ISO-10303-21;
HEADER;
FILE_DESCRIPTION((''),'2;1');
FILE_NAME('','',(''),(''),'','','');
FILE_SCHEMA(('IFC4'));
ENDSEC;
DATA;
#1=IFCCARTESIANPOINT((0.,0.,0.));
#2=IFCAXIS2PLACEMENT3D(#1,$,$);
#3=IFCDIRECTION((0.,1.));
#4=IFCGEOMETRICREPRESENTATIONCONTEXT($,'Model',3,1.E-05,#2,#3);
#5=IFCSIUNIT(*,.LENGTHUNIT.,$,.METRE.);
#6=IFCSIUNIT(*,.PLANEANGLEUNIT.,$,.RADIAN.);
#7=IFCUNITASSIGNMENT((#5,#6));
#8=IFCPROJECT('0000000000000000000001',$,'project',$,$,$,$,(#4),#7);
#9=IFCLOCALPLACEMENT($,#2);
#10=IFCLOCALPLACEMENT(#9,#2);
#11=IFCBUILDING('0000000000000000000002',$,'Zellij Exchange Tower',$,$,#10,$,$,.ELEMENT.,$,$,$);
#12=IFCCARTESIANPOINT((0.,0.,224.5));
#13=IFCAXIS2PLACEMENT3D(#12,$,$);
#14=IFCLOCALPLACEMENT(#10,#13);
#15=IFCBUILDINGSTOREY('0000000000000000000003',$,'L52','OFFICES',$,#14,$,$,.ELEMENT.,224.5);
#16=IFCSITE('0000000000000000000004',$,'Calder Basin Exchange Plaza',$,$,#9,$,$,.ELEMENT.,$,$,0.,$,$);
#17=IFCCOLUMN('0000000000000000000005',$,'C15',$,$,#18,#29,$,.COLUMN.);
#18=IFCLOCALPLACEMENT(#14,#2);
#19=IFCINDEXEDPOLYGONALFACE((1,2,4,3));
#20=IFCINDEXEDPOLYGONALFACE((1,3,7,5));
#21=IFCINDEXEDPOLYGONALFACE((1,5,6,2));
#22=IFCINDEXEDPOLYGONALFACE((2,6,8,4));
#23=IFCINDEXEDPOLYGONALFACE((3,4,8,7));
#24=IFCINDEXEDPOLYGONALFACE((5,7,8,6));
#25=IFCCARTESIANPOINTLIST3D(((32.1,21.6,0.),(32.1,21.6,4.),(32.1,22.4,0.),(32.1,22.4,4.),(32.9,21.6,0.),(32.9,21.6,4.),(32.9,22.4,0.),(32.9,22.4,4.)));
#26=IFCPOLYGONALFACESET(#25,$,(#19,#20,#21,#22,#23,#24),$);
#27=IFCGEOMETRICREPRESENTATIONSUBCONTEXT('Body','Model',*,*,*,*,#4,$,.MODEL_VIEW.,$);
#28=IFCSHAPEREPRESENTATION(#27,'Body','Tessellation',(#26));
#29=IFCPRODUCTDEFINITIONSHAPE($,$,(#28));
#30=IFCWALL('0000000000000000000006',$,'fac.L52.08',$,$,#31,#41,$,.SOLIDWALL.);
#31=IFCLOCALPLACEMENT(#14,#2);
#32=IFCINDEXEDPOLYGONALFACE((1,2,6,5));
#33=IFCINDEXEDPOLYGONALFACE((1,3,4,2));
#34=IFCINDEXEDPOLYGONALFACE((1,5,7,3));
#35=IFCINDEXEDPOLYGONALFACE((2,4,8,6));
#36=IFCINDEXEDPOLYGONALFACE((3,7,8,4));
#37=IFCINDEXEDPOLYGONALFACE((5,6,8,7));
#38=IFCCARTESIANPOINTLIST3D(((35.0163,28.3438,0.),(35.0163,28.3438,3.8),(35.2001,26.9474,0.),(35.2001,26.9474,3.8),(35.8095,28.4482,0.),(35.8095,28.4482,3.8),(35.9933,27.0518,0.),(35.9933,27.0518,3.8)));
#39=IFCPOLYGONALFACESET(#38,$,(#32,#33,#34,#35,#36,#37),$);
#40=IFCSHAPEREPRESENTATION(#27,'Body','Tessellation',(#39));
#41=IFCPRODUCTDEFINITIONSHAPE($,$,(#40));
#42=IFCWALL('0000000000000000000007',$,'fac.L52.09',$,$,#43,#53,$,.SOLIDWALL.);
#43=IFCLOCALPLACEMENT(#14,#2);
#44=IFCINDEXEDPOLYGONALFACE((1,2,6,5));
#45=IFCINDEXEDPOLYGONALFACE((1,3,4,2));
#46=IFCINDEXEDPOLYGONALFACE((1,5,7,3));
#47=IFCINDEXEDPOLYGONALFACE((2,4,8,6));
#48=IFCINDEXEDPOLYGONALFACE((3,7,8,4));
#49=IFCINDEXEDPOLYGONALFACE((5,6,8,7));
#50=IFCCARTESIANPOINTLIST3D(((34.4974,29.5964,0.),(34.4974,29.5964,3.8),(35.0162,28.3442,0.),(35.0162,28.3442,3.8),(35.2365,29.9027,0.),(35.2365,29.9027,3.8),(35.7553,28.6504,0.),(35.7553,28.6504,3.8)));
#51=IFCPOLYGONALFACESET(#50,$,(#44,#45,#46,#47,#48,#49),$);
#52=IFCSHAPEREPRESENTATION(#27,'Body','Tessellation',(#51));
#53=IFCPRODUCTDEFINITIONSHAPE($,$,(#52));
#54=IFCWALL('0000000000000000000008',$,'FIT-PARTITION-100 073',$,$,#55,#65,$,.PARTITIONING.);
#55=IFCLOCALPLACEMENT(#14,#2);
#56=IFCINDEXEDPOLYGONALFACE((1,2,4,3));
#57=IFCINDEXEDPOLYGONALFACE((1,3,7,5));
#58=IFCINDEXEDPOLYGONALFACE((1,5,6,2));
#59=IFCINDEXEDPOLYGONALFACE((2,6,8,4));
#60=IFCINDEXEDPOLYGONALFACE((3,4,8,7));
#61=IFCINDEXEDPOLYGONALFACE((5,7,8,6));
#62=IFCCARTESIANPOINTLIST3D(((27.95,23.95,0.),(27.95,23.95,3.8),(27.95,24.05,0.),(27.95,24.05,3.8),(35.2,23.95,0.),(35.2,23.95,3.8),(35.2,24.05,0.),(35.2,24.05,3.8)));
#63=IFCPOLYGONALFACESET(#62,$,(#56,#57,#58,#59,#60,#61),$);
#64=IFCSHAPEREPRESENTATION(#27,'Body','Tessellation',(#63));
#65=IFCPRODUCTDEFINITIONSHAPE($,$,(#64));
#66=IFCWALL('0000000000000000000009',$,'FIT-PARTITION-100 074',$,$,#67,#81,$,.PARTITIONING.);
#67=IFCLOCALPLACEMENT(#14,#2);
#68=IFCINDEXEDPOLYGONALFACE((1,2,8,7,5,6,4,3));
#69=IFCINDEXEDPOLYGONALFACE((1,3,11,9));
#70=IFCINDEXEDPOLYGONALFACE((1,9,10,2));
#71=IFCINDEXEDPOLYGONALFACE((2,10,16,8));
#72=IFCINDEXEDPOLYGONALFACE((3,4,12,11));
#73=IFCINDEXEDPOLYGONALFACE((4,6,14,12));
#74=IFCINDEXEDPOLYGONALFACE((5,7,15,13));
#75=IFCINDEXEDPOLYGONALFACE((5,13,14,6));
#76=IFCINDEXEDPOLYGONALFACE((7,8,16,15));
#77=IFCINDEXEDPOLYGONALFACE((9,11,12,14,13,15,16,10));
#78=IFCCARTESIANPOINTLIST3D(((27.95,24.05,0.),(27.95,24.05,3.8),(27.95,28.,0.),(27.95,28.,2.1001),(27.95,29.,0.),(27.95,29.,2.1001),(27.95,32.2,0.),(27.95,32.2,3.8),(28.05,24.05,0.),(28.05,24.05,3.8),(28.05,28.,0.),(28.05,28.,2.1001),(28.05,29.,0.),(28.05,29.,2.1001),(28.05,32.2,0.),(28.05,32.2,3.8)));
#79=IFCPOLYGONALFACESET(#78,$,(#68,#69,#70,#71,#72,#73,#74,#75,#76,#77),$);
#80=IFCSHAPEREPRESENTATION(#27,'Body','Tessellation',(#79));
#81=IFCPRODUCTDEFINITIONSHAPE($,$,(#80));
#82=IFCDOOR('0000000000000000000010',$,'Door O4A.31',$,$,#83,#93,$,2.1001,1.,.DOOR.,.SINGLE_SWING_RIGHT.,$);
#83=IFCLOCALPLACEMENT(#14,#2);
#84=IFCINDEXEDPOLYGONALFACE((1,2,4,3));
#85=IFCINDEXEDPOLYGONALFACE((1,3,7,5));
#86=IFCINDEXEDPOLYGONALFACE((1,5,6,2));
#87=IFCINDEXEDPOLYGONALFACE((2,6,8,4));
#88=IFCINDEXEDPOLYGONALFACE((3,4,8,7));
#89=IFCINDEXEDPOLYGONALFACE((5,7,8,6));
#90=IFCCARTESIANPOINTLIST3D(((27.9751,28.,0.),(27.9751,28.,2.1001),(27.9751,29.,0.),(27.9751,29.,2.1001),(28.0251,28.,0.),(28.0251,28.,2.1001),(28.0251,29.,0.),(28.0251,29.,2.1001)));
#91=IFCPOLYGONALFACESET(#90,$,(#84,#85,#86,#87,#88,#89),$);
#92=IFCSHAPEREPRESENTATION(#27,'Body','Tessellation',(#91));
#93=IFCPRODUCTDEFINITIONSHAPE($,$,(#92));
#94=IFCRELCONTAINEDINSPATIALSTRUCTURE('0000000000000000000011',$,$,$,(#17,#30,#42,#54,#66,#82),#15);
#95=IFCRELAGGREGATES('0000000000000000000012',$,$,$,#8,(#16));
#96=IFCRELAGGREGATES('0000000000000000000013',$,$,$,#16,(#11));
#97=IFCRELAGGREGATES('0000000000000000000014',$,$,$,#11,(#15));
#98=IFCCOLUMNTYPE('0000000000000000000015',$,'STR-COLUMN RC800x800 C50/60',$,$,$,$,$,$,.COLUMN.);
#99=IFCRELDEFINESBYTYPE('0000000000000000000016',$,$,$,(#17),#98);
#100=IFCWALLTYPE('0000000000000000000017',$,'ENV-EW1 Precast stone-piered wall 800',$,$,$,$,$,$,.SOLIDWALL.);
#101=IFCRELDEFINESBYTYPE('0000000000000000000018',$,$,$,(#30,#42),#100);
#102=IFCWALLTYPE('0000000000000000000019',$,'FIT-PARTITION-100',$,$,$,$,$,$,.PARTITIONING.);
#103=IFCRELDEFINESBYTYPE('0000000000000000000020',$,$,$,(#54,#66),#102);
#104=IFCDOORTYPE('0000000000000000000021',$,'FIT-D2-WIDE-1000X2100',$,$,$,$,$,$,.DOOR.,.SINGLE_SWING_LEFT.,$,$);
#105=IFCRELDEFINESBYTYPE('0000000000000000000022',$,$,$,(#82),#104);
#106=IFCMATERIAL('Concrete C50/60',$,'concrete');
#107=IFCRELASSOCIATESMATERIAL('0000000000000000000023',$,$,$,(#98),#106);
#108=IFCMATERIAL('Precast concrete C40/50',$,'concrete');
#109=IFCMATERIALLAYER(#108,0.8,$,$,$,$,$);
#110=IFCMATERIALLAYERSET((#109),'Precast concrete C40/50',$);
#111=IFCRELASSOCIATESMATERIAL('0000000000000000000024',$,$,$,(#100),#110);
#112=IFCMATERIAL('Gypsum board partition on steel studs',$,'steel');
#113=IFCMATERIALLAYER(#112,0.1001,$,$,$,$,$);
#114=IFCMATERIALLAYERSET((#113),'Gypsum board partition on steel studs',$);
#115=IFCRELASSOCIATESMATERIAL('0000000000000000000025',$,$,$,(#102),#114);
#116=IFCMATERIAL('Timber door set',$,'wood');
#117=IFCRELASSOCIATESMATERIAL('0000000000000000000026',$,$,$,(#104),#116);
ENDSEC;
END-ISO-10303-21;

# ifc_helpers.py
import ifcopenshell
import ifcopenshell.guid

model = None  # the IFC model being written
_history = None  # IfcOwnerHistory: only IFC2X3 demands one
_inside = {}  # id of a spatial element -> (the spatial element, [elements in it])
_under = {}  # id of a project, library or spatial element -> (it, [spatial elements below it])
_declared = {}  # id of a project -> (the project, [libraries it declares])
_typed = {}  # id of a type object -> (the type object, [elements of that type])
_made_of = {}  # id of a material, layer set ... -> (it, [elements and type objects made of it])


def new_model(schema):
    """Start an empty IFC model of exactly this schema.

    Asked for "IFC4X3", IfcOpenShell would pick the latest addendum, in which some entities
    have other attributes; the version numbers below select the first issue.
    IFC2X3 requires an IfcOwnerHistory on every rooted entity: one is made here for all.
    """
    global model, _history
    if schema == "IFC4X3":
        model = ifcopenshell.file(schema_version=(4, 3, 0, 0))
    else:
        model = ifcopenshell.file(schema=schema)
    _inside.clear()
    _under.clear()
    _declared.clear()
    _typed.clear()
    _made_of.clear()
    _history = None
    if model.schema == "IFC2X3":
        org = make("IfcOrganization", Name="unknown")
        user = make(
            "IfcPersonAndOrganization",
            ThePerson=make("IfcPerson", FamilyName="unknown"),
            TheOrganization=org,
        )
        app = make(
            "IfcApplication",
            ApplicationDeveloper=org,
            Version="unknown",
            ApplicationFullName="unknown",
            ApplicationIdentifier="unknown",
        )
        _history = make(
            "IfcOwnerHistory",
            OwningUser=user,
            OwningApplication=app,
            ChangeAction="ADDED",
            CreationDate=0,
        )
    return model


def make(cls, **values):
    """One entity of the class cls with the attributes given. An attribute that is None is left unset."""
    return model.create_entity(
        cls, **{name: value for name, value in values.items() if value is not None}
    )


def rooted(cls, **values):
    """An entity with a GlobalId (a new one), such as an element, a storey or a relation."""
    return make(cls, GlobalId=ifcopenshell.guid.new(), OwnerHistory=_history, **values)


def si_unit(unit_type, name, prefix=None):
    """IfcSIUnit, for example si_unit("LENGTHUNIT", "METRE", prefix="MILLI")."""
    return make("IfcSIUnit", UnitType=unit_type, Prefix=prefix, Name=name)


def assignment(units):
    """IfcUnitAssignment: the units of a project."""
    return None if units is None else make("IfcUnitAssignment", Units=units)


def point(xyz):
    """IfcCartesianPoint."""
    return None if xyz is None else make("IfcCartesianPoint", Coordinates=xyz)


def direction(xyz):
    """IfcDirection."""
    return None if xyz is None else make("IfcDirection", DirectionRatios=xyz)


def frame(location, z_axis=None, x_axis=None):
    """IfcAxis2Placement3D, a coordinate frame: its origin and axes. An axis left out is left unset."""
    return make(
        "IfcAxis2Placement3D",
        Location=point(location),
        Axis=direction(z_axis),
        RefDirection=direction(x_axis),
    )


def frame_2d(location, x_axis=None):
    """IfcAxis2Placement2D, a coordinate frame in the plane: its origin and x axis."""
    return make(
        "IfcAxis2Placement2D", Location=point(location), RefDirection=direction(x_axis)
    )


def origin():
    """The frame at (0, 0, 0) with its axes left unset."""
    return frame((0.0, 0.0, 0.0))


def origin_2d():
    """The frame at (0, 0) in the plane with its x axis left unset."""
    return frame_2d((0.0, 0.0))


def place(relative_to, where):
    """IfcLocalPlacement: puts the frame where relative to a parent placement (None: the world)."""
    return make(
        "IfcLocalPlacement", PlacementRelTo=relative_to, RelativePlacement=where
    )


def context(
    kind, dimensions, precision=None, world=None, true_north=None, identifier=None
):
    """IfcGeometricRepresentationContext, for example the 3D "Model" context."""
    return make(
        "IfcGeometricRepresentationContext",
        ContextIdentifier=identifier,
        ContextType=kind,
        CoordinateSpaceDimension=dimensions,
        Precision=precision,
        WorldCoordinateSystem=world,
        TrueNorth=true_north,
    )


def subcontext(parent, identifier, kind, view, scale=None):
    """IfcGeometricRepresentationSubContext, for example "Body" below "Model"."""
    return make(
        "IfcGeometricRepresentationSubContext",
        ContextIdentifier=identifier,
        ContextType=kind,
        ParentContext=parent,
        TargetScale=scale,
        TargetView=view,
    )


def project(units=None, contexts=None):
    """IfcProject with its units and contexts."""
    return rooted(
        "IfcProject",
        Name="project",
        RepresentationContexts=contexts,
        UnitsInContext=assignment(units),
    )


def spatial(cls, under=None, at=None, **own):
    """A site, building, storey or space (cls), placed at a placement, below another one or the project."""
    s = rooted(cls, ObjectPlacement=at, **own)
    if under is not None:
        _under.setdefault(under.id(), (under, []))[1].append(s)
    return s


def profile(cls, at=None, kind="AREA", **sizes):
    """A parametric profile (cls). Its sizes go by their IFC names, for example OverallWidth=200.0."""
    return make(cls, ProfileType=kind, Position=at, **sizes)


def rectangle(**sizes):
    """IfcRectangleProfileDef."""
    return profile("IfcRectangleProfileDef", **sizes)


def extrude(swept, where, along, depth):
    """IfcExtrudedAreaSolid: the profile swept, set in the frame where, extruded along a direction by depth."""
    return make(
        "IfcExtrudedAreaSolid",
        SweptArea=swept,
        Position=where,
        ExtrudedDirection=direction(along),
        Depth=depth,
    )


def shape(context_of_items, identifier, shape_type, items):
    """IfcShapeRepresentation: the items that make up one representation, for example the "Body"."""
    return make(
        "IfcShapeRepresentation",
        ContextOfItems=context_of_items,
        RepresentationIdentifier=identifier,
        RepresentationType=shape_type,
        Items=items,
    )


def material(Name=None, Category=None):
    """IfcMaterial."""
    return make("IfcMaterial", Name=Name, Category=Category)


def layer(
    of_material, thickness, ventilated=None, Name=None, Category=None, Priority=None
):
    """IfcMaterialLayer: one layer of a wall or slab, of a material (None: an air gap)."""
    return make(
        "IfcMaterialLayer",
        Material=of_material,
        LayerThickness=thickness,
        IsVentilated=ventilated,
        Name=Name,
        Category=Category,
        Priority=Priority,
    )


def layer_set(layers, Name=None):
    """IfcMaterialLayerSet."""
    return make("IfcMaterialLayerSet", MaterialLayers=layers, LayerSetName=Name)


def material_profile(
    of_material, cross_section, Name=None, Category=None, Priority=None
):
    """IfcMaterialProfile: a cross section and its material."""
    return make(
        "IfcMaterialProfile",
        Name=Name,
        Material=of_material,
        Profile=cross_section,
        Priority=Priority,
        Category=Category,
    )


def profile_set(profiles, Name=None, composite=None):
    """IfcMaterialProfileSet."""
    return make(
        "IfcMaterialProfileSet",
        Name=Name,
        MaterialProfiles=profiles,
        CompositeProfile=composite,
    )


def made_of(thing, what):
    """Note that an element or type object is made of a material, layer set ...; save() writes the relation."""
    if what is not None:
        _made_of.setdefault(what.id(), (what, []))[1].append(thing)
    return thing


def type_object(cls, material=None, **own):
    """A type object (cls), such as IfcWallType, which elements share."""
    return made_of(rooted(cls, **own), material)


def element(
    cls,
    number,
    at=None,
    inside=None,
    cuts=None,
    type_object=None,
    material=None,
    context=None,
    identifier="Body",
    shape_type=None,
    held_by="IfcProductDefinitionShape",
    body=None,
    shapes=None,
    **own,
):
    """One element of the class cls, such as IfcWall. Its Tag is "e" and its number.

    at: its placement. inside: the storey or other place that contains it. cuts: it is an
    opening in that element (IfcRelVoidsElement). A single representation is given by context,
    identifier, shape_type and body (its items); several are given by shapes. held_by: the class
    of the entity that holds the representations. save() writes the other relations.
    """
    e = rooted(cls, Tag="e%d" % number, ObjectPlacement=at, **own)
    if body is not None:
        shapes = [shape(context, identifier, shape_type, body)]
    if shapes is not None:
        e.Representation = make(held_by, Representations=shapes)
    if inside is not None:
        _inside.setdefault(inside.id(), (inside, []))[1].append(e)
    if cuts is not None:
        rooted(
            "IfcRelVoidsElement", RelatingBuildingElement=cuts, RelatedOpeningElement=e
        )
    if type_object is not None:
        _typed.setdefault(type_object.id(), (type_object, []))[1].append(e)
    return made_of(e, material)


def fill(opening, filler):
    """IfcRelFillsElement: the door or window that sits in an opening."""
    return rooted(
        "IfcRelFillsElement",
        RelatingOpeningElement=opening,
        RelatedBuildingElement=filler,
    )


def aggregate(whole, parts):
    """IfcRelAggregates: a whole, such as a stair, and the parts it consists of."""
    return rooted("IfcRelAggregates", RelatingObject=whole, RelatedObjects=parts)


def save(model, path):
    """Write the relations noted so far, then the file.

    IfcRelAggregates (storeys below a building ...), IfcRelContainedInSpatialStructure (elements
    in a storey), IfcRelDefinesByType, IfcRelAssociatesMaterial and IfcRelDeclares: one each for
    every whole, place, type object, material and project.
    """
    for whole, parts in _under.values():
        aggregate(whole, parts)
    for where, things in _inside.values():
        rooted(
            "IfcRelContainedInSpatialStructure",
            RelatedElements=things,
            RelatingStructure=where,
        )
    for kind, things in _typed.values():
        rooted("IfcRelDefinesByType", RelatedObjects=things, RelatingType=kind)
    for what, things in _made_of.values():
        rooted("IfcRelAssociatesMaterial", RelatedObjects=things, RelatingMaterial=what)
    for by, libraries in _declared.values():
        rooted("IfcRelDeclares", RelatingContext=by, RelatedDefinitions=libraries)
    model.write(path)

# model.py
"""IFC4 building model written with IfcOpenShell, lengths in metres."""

from ifc_helpers import new_model, si_unit, direction, frame, frame_2d, origin, origin_2d, place, context, subcontext, project, spatial, rectangle, extrude, material, layer, layer_set, material_profile, profile_set, type_object, element, fill, save


model = new_model("IFC4")

# Units and contexts
model_context = context("Model", 3, precision=1e-05, world=origin(), true_north=direction((0.0, 1.0)))
body_context = subcontext(model_context, "Body", "Model", "MODEL_VIEW")
ifc_project = project(units=[si_unit("LENGTHUNIT", "METRE"), si_unit("PLANEANGLEUNIT", "RADIAN")], contexts=[model_context])

# Site, building, storey
site_placement = place(None, origin())
site = spatial("IfcSite", under=ifc_project, at=site_placement, Name="Calder Basin Exchange Plaza", CompositionType="ELEMENT", RefElevation=0.0)
building_placement = place(site_placement, origin())
building = spatial("IfcBuilding", under=site, at=building_placement, Name="Zellij Exchange Tower", CompositionType="ELEMENT")
storey_placement = place(building_placement, frame((0.0, 0.0, 224.5)))
storey = spatial("IfcBuildingStorey", under=building, at=storey_placement, Name="L52", Description="OFFICES", CompositionType="ELEMENT", Elevation=224.5)

# Column
ifc_material_1 = material(Name="Concrete C50/60", Category="concrete")
ifc_material_profile = material_profile(ifc_material_1, rectangle(XDim=0.8, YDim=0.8, at=origin_2d()), Name="STR-COLUMN RC800x800 C50/60")
ifc_profile_set = profile_set([ifc_material_profile], Name="Concrete C50/60")
column_type = type_object("IfcColumnType", Name="STR-COLUMN RC800x800 C50/60", PredefinedType="COLUMN", material=ifc_profile_set)
column_placement = place(storey_placement, frame((32.5, 22.0, 0.0), z_axis=(0.0, 0.0, 1.0), x_axis=(1.0, 0.0, 0.0)))
element("IfcColumn", 1, at=column_placement, inside=storey, type_object=column_type, Name="C15", PredefinedType="COLUMN", context=body_context, shape_type="SweptSolid", body=[
    extrude(rectangle(XDim=0.8, YDim=0.8, at=origin_2d()), origin(), (0.0, 0.0, 1.0), 4.0),
])

# Walls
ifc_material_2 = material(Name="Precast concrete C40/50", Category="concrete")
ifc_layer_1 = layer(ifc_material_2, 0.8)
ifc_layer_set_1 = layer_set([ifc_layer_1], Name="Precast concrete C40/50")
wall_type_1 = type_object("IfcWallType", Name="ENV-EW1 Precast stone-piered wall 800", PredefinedType="SOLIDWALL", material=ifc_layer_set_1)
wall_1_placement = place(storey_placement, frame((35.5967, 26.9998, 0.0), z_axis=(0.0, 0.0, 1.0), x_axis=(-0.130517, 0.991446, 0.0)))
element("IfcWall", 2, at=wall_1_placement, inside=storey, type_object=wall_type_1, Name="fac.L52.08", PredefinedType="SOLIDWALL", context=body_context, shape_type="SweptSolid", body=[
    extrude(rectangle(XDim=1.4084, YDim=0.8, at=frame_2d((0.7041, 0.0))), origin(), (0.0, 0.0, 1.0), 3.8),
])
wall_2_placement = place(storey_placement, frame((35.3857, 28.4973, 0.0), z_axis=(0.0, 0.0, 1.0), x_axis=(-0.38276, 0.923848, 0.0)))
element("IfcWall", 3, at=wall_2_placement, inside=storey, type_object=wall_type_1, Name="fac.L52.09", PredefinedType="SOLIDWALL", context=body_context, shape_type="SweptSolid", body=[
    extrude(rectangle(XDim=1.3555, YDim=0.8, at=frame_2d((0.6777, 0.0))), origin(), (0.0, 0.0, 1.0), 3.8),
])
ifc_material_3 = material(Name="Gypsum board partition on steel studs", Category="steel")
ifc_layer_2 = layer(ifc_material_3, 0.1001)
ifc_layer_set_2 = layer_set([ifc_layer_2], Name="Gypsum board partition on steel studs")
wall_type_2 = type_object("IfcWallType", Name="FIT-PARTITION-100", PredefinedType="PARTITIONING", material=ifc_layer_set_2)
wall_3_placement = place(storey_placement, frame((27.95, 24.0, 0.0), z_axis=(0.0, 0.0, 1.0), x_axis=(1.0, 0.0, 0.0)))
element("IfcWall", 4, at=wall_3_placement, inside=storey, type_object=wall_type_2, Name="FIT-PARTITION-100 073", PredefinedType="PARTITIONING", context=body_context, shape_type="SweptSolid", body=[
    extrude(rectangle(XDim=7.25, YDim=0.1001, at=frame_2d((3.625, 0.0))), origin(), (0.0, 0.0, 1.0), 3.8),
])

# Wall, opening, door
wall_4_placement = place(storey_placement, frame((28.0, 24.05, 0.0), z_axis=(0.0, 0.0, 1.0), x_axis=(0.0, 1.0, 0.0)))
wall_4 = element("IfcWall", 5, at=wall_4_placement, inside=storey, type_object=wall_type_2, Name="FIT-PARTITION-100 074", PredefinedType="PARTITIONING", context=body_context, shape_type="SweptSolid", body=[
    extrude(rectangle(XDim=8.1499, YDim=0.1001, at=frame_2d((4.075, 0.0))), origin(), (0.0, 0.0, 1.0), 3.8),
])
opening_placement = place(wall_4_placement, frame((3.95, 0.0, 0.0)))
opening = element("IfcOpeningElement", 6, at=opening_placement, cuts=wall_4, PredefinedType="OPENING", context=body_context, shape_type="SweptSolid", body=[
    extrude(rectangle(XDim=1.0, YDim=2.1001, at=frame_2d((0.5, 1.05))), frame((0.0, 0.062, 0.0), z_axis=(0.0, -1.0, 0.0), x_axis=(1.0, 0.0, 0.0)), (0.0, 0.0, 1.0), 0.124),
])
ifc_material_4 = material(Name="Timber door set", Category="wood")
door_type = type_object("IfcDoorType", Name="FIT-D2-WIDE-1000X2100", OperationType="SINGLE_SWING_LEFT", PredefinedType="DOOR", material=ifc_material_4)
door_placement = place(opening_placement, origin())
door = element("IfcDoor", 7, at=door_placement, inside=storey, type_object=door_type, Name="Door O4A.31", OperationType="SINGLE_SWING_RIGHT", OverallHeight=2.1001, OverallWidth=1.0, PredefinedType="DOOR", context=body_context, shape_type="SweptSolid", body=[
    extrude(rectangle(XDim=1.0, YDim=2.1001, at=frame_2d((0.5, 1.05))), frame((0.0, 0.0249, 0.0), z_axis=(0.0, -1.0, 0.0), x_axis=(1.0, 0.0, 0.0)), (0.0, 0.0, 1.0), 0.05),
])
fill(opening, door)

save(model, "model.ifc")
